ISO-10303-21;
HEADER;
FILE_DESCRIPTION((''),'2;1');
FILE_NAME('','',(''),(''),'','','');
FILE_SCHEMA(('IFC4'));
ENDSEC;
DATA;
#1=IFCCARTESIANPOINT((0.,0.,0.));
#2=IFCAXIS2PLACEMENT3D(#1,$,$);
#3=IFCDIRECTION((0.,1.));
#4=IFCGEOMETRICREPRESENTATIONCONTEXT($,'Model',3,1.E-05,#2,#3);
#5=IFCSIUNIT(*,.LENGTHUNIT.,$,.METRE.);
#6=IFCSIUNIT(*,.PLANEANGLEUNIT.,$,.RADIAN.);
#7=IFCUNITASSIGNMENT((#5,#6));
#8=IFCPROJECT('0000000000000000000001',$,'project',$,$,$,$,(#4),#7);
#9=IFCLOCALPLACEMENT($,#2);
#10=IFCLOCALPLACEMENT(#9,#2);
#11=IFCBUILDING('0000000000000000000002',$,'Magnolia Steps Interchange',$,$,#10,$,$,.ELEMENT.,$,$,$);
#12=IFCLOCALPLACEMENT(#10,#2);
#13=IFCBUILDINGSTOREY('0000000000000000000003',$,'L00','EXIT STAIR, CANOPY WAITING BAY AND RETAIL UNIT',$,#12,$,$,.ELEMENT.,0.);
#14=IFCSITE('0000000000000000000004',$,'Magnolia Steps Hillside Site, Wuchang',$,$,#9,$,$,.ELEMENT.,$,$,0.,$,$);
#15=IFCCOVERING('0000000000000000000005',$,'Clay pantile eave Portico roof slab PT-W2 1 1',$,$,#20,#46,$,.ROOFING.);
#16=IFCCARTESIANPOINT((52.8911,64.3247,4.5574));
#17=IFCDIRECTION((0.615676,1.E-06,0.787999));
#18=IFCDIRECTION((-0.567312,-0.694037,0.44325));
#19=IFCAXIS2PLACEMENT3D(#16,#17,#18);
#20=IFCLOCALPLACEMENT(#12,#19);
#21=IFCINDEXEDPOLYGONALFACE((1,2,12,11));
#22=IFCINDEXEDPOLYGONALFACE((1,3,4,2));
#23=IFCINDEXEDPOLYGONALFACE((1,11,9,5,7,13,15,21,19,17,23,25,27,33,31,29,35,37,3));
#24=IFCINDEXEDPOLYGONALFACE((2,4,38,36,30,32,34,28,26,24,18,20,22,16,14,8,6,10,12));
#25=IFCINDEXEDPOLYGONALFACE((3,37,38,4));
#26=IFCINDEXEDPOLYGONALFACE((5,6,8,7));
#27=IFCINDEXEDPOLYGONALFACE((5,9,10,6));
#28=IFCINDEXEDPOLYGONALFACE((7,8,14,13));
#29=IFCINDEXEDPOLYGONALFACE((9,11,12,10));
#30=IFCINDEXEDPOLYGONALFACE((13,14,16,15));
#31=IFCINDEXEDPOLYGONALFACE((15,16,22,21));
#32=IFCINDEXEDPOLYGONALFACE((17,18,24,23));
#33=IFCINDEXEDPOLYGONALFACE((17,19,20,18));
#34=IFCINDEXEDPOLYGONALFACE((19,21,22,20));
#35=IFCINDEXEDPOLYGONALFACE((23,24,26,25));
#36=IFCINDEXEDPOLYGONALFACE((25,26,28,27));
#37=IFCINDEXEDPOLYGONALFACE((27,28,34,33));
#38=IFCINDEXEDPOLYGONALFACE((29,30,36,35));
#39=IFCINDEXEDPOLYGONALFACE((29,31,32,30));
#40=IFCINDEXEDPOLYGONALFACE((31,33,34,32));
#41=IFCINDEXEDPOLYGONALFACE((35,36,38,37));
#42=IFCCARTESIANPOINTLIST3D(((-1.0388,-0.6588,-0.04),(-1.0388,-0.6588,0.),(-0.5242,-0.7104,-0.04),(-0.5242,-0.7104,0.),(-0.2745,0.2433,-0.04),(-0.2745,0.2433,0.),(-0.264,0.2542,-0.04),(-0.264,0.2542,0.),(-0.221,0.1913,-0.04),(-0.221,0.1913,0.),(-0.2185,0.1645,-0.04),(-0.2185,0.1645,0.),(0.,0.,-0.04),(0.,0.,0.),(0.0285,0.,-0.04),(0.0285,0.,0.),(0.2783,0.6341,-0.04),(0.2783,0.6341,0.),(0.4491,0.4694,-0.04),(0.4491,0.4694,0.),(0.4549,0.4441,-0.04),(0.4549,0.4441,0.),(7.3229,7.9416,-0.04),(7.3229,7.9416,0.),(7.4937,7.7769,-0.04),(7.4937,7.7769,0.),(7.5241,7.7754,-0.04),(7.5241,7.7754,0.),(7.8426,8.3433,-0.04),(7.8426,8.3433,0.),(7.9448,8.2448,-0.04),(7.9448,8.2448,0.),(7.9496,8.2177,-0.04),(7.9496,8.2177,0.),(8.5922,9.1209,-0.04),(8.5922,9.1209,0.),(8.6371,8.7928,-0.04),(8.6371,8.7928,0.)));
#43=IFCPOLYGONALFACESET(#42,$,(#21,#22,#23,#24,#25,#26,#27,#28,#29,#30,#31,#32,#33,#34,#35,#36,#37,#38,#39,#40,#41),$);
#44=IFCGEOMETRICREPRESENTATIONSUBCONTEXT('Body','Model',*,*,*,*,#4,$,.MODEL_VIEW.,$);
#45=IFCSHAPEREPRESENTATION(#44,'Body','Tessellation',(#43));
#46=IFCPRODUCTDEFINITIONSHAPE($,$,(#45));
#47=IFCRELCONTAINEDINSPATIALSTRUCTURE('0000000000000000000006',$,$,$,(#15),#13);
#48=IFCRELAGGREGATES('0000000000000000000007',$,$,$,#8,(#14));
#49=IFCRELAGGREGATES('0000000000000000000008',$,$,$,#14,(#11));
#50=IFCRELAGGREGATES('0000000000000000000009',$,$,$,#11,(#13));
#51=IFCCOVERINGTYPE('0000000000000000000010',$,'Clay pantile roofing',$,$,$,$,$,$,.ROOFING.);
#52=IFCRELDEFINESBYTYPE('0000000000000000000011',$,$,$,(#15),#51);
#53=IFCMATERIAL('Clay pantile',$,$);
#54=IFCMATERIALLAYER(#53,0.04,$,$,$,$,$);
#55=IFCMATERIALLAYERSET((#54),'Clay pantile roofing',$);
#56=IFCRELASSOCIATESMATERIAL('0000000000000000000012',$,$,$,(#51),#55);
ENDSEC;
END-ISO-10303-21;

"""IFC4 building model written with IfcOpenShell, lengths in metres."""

from ifc_helpers import new_model, si_unit, direction, frame, origin, place, context, subcontext, project, spatial, polyline, outline, extrude, material, layer, layer_set, type_object, element, save


model = new_model("IFC4")

# Units and contexts
model_context = context("Model", 3, precision=1e-05, world=origin(), true_north=direction((0.0, 1.0)))
body_context = subcontext(model_context, "Body", "Model", "MODEL_VIEW")
ifc_project = project(units=[si_unit("LENGTHUNIT", "METRE"), si_unit("PLANEANGLEUNIT", "RADIAN")], contexts=[model_context])

# Site, building, storey
site_placement = place(None, origin())
site = spatial("IfcSite", under=ifc_project, at=site_placement, Name="Magnolia Steps Hillside Site, Wuchang", CompositionType="ELEMENT", RefElevation=0.0)
building_placement = place(site_placement, origin())
building = spatial("IfcBuilding", under=site, at=building_placement, Name="Magnolia Steps Interchange", CompositionType="ELEMENT")
storey_placement = place(building_placement, origin())
storey = spatial("IfcBuildingStorey", under=building, at=storey_placement, Name="L00", Description="EXIT STAIR, CANOPY WAITING BAY AND RETAIL UNIT", CompositionType="ELEMENT", Elevation=0.0)

# Covering
ifc_material_1 = material(Name="Clay pantile")
ifc_layer_1 = layer(ifc_material_1, 0.04)
ifc_layer_set_1 = layer_set([ifc_layer_1], Name="Clay pantile roofing")
covering_type = type_object("IfcCoveringType", Name="Clay pantile roofing", PredefinedType="ROOFING", material=ifc_layer_set_1)
covering_1_placement = place(storey_placement, frame((52.8911, 64.3247, 4.5574), z_axis=(0.615676, 0.000001, 0.787999), x_axis=(-0.567312, -0.694037, 0.44325)))
element("IfcCovering", 1, at=covering_1_placement, inside=storey, type_object=covering_type, Name="Clay pantile eave Portico roof slab PT-W2 1 1", PredefinedType="ROOFING", context=body_context, shape_type="SweptSolid", body=[
    extrude(outline(polyline([(0.0, 0.0), (0.0285, 0.0), (0.4549, 0.4441), (0.4491, 0.4694), (0.2783, 0.6341), (7.3229, 7.9416), (7.4937, 7.7769), (7.5241, 7.7754), (7.9496, 8.2177), (7.9448, 8.2448), (7.8426, 8.3433), (8.5922, 9.1209), (8.6371, 8.7928), (-0.5242, -0.7104), (-1.0388, -0.6588), (-0.2185, 0.1645), (-0.221, 0.1913), (-0.2745, 0.2433), (-0.264, 0.2542), (0.0, 0.0)])), origin(), (0.0, 0.0, -1.0), 0.04),
])

save(model, "model.ifc")
